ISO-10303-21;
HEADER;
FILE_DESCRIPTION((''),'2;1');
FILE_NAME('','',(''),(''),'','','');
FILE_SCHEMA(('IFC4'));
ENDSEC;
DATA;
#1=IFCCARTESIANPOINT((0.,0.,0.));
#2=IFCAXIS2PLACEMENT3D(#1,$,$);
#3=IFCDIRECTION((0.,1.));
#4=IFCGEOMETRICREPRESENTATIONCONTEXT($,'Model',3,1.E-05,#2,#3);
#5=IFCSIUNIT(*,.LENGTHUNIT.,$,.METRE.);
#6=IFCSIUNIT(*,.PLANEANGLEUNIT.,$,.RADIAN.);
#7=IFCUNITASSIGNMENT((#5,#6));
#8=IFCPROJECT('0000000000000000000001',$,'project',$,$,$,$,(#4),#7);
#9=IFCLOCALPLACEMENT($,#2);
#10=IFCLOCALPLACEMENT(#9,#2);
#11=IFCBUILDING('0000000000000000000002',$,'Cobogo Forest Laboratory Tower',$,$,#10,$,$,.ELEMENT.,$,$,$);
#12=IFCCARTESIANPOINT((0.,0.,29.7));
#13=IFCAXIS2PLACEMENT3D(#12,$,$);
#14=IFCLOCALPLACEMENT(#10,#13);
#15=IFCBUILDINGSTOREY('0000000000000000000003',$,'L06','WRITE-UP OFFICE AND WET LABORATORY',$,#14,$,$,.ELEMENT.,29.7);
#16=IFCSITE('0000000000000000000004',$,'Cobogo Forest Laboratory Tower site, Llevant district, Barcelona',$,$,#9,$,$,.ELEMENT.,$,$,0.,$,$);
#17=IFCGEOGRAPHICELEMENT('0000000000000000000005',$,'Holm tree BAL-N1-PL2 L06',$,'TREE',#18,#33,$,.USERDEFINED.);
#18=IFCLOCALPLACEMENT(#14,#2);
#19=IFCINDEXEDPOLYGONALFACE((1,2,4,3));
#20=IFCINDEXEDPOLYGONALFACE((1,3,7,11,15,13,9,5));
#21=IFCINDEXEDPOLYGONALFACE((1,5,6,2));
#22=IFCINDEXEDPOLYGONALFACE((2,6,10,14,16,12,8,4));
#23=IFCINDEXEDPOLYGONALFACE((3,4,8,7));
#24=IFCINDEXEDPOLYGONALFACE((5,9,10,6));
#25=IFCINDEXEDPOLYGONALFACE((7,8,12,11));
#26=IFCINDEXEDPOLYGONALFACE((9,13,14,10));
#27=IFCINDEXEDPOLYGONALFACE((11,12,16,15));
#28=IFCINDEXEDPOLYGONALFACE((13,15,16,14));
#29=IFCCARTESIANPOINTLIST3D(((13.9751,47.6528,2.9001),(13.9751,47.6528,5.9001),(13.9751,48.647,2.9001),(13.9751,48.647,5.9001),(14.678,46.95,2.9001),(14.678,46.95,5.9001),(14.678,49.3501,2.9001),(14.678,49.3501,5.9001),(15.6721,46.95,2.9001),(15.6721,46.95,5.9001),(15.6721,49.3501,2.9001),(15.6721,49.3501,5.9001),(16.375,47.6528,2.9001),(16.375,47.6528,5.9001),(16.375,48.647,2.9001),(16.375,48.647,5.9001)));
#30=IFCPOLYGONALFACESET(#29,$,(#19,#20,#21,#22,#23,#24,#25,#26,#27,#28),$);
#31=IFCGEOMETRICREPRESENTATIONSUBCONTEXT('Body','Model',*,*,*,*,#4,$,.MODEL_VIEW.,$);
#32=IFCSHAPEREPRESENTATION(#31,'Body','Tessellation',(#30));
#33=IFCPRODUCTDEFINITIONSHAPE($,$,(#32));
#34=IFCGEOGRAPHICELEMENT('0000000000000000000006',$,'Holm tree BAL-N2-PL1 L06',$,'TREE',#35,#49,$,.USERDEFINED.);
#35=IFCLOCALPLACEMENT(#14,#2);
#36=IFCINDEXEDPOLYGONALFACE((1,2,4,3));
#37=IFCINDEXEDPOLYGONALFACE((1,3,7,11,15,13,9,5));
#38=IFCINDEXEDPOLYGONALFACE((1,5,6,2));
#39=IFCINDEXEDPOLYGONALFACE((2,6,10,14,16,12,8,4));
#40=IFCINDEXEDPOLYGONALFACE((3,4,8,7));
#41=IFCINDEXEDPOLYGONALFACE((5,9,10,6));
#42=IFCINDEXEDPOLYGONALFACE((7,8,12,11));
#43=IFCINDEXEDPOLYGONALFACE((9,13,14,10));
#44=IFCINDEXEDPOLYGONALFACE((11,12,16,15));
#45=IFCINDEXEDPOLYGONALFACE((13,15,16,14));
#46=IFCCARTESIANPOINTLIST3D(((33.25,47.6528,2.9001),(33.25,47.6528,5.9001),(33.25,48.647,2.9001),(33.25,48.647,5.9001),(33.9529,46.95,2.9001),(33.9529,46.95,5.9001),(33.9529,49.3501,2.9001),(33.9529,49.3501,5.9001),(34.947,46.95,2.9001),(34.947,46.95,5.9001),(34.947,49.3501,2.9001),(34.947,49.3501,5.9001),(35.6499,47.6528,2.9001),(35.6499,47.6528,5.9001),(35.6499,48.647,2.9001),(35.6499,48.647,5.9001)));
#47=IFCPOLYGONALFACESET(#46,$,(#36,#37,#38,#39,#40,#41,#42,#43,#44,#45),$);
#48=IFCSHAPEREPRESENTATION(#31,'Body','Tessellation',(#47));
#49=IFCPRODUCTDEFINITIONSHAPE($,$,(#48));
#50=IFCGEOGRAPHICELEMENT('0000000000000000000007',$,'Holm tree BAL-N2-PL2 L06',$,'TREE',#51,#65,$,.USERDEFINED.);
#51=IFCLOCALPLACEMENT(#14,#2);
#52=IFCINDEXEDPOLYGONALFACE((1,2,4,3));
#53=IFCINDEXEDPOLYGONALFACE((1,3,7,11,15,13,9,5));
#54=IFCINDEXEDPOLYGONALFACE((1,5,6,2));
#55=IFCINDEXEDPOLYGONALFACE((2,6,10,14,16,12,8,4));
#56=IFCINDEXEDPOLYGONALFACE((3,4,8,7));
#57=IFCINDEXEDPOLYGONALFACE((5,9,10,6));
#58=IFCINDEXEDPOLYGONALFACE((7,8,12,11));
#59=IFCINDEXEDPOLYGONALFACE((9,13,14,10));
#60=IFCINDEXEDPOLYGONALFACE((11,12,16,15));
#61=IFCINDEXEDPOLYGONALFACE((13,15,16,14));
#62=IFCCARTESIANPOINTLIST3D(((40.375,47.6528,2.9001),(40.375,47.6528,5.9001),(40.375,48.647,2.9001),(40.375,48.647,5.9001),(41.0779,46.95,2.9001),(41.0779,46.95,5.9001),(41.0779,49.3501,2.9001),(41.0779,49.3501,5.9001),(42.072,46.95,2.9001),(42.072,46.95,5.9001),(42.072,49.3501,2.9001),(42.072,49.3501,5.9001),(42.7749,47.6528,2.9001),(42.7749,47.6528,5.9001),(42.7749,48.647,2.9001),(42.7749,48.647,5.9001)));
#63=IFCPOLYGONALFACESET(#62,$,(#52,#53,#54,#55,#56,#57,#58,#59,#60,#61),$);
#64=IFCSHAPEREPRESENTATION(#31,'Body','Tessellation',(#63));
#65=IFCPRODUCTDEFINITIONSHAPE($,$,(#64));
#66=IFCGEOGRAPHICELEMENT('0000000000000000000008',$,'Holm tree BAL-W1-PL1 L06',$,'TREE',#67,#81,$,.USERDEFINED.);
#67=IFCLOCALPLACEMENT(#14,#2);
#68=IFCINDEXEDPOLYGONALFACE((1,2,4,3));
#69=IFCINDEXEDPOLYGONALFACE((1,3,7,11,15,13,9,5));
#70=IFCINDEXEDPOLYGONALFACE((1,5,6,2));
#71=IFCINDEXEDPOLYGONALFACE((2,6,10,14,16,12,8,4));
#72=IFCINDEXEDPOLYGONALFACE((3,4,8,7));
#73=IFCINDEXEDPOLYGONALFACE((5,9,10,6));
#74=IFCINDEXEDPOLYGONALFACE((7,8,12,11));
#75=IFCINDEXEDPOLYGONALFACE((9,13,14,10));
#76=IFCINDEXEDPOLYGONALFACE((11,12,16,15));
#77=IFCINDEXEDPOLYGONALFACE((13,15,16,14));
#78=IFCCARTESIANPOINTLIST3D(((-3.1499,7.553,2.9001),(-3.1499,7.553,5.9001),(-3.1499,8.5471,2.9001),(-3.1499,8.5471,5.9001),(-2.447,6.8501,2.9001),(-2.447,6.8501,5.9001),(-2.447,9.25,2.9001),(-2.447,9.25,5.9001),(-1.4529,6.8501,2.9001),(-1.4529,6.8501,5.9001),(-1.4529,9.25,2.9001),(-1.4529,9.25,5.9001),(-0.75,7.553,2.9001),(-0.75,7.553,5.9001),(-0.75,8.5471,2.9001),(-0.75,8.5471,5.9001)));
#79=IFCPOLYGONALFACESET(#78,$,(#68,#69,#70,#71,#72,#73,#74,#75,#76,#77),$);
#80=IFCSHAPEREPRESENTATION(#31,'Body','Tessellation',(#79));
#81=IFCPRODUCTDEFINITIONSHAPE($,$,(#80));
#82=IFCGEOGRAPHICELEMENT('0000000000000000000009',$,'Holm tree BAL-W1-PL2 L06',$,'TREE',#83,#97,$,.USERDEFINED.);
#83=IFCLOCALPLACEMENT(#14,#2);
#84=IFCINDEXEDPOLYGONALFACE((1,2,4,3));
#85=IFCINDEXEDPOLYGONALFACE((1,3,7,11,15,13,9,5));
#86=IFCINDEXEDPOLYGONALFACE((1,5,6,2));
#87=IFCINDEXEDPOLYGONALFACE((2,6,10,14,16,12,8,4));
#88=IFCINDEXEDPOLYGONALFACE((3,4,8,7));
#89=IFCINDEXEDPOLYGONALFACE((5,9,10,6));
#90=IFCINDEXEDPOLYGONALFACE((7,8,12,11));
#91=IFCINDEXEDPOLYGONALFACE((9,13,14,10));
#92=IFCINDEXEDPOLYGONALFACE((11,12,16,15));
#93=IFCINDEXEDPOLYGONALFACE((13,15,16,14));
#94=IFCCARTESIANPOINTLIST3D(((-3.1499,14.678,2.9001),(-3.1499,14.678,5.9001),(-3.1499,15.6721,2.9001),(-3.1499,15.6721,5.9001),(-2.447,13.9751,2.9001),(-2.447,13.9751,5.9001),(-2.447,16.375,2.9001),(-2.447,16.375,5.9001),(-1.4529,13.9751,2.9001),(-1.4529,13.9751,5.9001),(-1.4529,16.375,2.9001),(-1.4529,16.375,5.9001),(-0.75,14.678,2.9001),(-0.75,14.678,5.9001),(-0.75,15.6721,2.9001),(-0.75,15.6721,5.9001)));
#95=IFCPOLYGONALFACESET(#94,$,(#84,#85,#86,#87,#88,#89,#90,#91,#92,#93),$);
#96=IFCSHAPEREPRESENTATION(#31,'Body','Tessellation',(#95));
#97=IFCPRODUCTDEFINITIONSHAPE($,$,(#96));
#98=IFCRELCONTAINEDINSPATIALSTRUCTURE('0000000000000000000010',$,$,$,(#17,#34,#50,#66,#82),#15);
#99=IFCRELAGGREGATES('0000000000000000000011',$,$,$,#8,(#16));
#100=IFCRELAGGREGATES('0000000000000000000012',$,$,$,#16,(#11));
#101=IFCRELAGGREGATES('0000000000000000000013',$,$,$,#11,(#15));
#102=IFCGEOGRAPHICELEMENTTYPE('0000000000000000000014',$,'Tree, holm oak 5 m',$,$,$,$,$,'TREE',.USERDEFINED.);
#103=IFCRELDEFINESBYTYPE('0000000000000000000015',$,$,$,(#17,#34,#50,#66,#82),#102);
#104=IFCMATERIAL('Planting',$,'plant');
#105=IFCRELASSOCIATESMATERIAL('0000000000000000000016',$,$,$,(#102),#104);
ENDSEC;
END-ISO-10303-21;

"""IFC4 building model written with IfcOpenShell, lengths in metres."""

from ifc_helpers import new_model, si_unit, direction, frame, origin, place, context, subcontext, project, spatial, polyline, outline, extrude, material, type_object, element, save


model = new_model("IFC4")

# Units and contexts
model_context = context("Model", 3, precision=1e-05, world=origin(), true_north=direction((0.0, 1.0)))
body_context = subcontext(model_context, "Body", "Model", "MODEL_VIEW")
ifc_project = project(units=[si_unit("LENGTHUNIT", "METRE"), si_unit("PLANEANGLEUNIT", "RADIAN")], contexts=[model_context])

# Site, building, storey
site_placement = place(None, origin())
site = spatial("IfcSite", under=ifc_project, at=site_placement, Name="Cobogo Forest Laboratory Tower site, Llevant district, Barcelona", CompositionType="ELEMENT", RefElevation=0.0)
building_placement = place(site_placement, origin())
building = spatial("IfcBuilding", under=site, at=building_placement, Name="Cobogo Forest Laboratory Tower", CompositionType="ELEMENT")
storey_placement = place(building_placement, frame((0.0, 0.0, 29.7)))
storey = spatial("IfcBuildingStorey", under=building, at=storey_placement, Name="L06", Description="WRITE-UP OFFICE AND WET LABORATORY", CompositionType="ELEMENT", Elevation=29.7)

# Geographic elements
ifc_material_1 = material(Name="Planting", Category="plant")
geographic_element_type = type_object("IfcGeographicElementType", Name="Tree, holm oak 5 m", ElementType="TREE", PredefinedType="USERDEFINED", material=ifc_material_1)
geographic_element_1_placement = place(storey_placement, frame((0.0, 0.0, 2.9001)))
element("IfcGeographicElement", 1, at=geographic_element_1_placement, inside=storey, type_object=geographic_element_type, Name="Holm tree BAL-N1-PL2 L06", ObjectType="TREE", PredefinedType="USERDEFINED", context=body_context, shape_type="SweptSolid", body=[
    extrude(outline(polyline([(16.375, 47.6528), (16.375, 48.647), (15.6721, 49.3501), (14.678, 49.3501), (13.9751, 48.647), (13.9751, 47.6528), (14.678, 46.95), (15.6721, 46.95), (16.375, 47.6528)])), origin(), (0.0, 0.0, 1.0), 3.0),
])
geographic_element_2_placement = place(storey_placement, frame((0.0, 0.0, 2.9001)))
element("IfcGeographicElement", 2, at=geographic_element_2_placement, inside=storey, type_object=geographic_element_type, Name="Holm tree BAL-N2-PL1 L06", ObjectType="TREE", PredefinedType="USERDEFINED", context=body_context, shape_type="SweptSolid", body=[
    extrude(outline(polyline([(35.6499, 47.6528), (35.6499, 48.647), (34.947, 49.3501), (33.9529, 49.3501), (33.25, 48.647), (33.25, 47.6528), (33.9529, 46.95), (34.947, 46.95), (35.6499, 47.6528)])), origin(), (0.0, 0.0, 1.0), 3.0),
])
geographic_element_3_placement = place(storey_placement, frame((0.0, 0.0, 2.9001)))
element("IfcGeographicElement", 3, at=geographic_element_3_placement, inside=storey, type_object=geographic_element_type, Name="Holm tree BAL-N2-PL2 L06", ObjectType="TREE", PredefinedType="USERDEFINED", context=body_context, shape_type="SweptSolid", body=[
    extrude(outline(polyline([(42.7749, 47.6528), (42.7749, 48.647), (42.072, 49.3501), (41.0779, 49.3501), (40.375, 48.647), (40.375, 47.6528), (41.0779, 46.95), (42.072, 46.95), (42.7749, 47.6528)])), origin(), (0.0, 0.0, 1.0), 3.0),
])
geographic_element_4_placement = place(storey_placement, frame((0.0, 0.0, 2.9001)))
element("IfcGeographicElement", 4, at=geographic_element_4_placement, inside=storey, type_object=geographic_element_type, Name="Holm tree BAL-W1-PL1 L06", ObjectType="TREE", PredefinedType="USERDEFINED", context=body_context, shape_type="SweptSolid", body=[
    extrude(outline(polyline([(-0.75, 7.553), (-0.75, 8.5471), (-1.4529, 9.25), (-2.447, 9.25), (-3.1499, 8.5471), (-3.1499, 7.553), (-2.447, 6.8501), (-1.4529, 6.8501), (-0.75, 7.553)])), origin(), (0.0, 0.0, 1.0), 3.0),
])
geographic_element_5_placement = place(storey_placement, frame((0.0, 0.0, 2.9001)))
element("IfcGeographicElement", 5, at=geographic_element_5_placement, inside=storey, type_object=geographic_element_type, Name="Holm tree BAL-W1-PL2 L06", ObjectType="TREE", PredefinedType="USERDEFINED", context=body_context, shape_type="SweptSolid", body=[
    extrude(outline(polyline([(-0.75, 14.678), (-0.75, 15.6721), (-1.4529, 16.375), (-2.447, 16.375), (-3.1499, 15.6721), (-3.1499, 14.678), (-2.447, 13.9751), (-1.4529, 13.9751), (-0.75, 14.678)])), origin(), (0.0, 0.0, 1.0), 3.0),
])

save(model, "model.ifc")
